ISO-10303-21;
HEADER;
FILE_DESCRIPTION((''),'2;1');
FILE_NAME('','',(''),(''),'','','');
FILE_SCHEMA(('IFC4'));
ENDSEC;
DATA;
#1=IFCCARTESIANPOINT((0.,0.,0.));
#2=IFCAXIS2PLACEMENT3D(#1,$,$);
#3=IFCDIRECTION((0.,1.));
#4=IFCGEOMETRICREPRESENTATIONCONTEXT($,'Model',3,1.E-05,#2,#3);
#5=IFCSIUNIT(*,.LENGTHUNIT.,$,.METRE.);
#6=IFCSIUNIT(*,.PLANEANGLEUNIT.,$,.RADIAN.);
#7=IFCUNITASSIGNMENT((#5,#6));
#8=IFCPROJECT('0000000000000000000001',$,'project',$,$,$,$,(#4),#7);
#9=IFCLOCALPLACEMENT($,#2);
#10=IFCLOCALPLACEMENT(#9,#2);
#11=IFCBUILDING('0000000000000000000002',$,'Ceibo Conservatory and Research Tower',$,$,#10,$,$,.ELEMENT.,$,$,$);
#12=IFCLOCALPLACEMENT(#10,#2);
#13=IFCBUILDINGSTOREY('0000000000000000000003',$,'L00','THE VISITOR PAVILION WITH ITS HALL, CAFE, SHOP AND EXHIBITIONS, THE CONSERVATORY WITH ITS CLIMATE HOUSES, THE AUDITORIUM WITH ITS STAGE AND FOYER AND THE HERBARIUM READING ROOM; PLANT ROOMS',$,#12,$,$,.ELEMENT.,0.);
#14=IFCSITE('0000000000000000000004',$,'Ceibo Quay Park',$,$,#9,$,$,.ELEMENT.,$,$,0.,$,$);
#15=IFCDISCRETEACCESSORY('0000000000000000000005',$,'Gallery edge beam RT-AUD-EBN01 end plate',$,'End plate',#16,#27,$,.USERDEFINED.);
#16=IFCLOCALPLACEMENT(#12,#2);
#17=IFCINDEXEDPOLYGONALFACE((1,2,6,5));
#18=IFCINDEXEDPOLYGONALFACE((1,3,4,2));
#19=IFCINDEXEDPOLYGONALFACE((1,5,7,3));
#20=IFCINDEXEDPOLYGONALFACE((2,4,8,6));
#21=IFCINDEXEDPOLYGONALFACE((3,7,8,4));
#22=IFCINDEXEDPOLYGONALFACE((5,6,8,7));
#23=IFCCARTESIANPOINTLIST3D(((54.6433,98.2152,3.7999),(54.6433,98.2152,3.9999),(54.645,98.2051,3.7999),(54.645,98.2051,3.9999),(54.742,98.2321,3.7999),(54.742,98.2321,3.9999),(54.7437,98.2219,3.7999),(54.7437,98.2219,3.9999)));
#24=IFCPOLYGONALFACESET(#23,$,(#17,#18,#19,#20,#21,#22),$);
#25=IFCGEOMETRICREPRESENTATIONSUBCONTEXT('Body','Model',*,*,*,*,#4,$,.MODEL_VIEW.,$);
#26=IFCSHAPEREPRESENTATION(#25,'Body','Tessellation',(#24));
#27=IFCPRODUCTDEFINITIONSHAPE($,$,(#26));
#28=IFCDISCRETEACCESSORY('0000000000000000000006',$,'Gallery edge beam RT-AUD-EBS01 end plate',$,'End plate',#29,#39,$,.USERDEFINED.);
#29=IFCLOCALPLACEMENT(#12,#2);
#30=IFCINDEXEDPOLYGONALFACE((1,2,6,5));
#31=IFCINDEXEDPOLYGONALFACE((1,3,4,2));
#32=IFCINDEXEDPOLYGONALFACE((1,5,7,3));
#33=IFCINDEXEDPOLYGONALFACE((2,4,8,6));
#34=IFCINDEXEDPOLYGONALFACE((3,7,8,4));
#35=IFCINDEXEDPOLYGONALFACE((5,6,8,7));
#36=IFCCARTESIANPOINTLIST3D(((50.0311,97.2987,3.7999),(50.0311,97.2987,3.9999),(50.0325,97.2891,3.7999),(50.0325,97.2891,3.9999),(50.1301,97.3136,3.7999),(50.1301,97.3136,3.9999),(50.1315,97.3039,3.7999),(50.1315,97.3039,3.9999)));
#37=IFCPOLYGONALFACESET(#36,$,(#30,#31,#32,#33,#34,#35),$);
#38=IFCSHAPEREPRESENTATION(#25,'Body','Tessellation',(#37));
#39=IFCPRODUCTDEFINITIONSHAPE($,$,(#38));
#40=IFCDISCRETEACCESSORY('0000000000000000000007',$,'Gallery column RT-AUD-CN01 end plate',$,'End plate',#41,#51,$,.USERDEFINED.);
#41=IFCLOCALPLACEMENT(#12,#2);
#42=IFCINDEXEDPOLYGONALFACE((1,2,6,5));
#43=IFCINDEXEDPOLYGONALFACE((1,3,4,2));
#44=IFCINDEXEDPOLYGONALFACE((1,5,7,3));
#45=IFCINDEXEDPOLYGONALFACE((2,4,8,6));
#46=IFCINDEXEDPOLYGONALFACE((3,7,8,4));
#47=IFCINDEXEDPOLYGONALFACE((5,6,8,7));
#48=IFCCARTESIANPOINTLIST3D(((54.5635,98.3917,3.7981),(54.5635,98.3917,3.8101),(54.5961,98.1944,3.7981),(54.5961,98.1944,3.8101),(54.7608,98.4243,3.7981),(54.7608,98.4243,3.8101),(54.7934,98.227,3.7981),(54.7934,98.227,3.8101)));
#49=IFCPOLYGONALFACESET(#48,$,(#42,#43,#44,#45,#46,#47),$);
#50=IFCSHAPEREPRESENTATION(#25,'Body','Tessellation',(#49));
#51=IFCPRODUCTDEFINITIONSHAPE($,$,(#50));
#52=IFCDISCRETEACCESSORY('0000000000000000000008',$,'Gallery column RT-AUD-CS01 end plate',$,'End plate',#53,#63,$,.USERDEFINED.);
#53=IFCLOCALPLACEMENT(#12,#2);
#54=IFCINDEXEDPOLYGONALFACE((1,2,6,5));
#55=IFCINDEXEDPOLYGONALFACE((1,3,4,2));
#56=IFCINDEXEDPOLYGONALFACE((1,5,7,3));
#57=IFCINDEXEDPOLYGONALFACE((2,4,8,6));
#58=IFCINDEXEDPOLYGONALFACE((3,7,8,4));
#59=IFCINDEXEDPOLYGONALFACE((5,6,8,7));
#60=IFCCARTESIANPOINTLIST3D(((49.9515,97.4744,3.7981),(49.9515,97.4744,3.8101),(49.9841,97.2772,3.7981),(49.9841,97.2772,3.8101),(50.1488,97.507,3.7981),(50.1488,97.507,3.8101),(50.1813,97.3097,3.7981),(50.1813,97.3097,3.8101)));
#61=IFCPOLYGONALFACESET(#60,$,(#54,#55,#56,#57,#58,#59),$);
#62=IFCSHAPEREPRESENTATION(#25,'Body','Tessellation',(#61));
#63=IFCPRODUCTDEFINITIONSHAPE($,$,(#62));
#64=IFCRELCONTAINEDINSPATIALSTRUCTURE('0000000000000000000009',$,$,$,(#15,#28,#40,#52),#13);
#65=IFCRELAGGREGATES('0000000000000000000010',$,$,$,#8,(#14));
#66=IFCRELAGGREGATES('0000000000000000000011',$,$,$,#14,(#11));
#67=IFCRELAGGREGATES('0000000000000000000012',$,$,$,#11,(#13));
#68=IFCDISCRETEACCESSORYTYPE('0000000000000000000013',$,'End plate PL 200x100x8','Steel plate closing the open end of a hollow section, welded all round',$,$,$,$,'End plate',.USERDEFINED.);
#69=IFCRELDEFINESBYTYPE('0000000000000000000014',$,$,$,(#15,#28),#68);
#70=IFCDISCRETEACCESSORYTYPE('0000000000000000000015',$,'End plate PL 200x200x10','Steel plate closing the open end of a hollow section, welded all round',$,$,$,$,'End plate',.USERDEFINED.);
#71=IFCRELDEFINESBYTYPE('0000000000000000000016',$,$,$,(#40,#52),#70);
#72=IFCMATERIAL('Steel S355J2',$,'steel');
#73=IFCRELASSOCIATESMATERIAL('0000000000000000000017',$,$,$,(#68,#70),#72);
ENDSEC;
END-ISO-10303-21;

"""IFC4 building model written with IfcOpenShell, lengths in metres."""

from ifc_helpers import new_model, si_unit, direction, frame, origin, origin_2d, place, context, subcontext, project, spatial, rectangle, extrude, material, material_profile, profile_set, type_object, element, save


model = new_model("IFC4")

# Units and contexts
model_context = context("Model", 3, precision=1e-05, world=origin(), true_north=direction((0.0, 1.0)))
body_context = subcontext(model_context, "Body", "Model", "MODEL_VIEW")
ifc_project = project(units=[si_unit("LENGTHUNIT", "METRE"), si_unit("PLANEANGLEUNIT", "RADIAN")], contexts=[model_context])

# Site, building, storey
site_placement = place(None, origin())
site = spatial("IfcSite", under=ifc_project, at=site_placement, Name="Ceibo Quay Park", CompositionType="ELEMENT", RefElevation=0.0)
building_placement = place(site_placement, origin())
building = spatial("IfcBuilding", under=site, at=building_placement, Name="Ceibo Conservatory and Research Tower", CompositionType="ELEMENT")
storey_placement = place(building_placement, origin())
storey = spatial("IfcBuildingStorey", under=building, at=storey_placement, Name="L00", Description="THE VISITOR PAVILION WITH ITS HALL, CAFE, SHOP AND EXHIBITIONS, THE CONSERVATORY WITH ITS CLIMATE HOUSES, THE AUDITORIUM WITH ITS STAGE AND FOYER AND THE HERBARIUM READING ROOM; PLANT ROOMS", CompositionType="ELEMENT", Elevation=0.0)

# Shared definitions
ifc_material_1 = material(Name="Steel S355J2", Category="steel")

# Discrete accessories
ifc_material_profile_1 = material_profile(ifc_material_1, rectangle(XDim=0.1001, YDim=0.2, at=origin_2d()), Name="End plate PL 200x100x8")
ifc_profile_set_1 = profile_set([ifc_material_profile_1], Name="Steel S355J2")
discrete_accessory_type_1 = type_object("IfcDiscreteAccessoryType", Name="End plate PL 200x100x8", Description="Steel plate closing the open end of a hollow section, welded all round", ElementType="End plate", PredefinedType="USERDEFINED", material=ifc_profile_set_1)
discrete_accessory_1_placement = place(storey_placement, frame((54.6926, 98.2236, 3.8999), z_axis=(0.168296, -0.985736, 0.0), x_axis=(0.985736, 0.168296, 0.0)))
element("IfcDiscreteAccessory", 1, at=discrete_accessory_1_placement, inside=storey, type_object=discrete_accessory_type_1, Name="Gallery edge beam RT-AUD-EBN01 end plate", ObjectType="End plate", PredefinedType="USERDEFINED", context=body_context, shape_type="SweptSolid", body=[
    extrude(rectangle(XDim=0.1001, YDim=0.2, at=origin_2d()), origin(), (0.0, 0.0, 1.0), 0.0103),
])
discrete_accessory_2_placement = place(storey_placement, frame((50.0806, 97.3062, 3.8999), z_axis=(0.14834, -0.988936, 0.0), x_axis=(0.988936, 0.14834, 0.0)))
element("IfcDiscreteAccessory", 2, at=discrete_accessory_2_placement, inside=storey, type_object=discrete_accessory_type_1, Name="Gallery edge beam RT-AUD-EBS01 end plate", ObjectType="End plate", PredefinedType="USERDEFINED", context=body_context, shape_type="SweptSolid", body=[
    extrude(rectangle(XDim=0.1001, YDim=0.2, at=origin_2d()), origin(), (0.0, 0.0, 1.0), 0.0098),
])
ifc_material_profile_2 = material_profile(ifc_material_1, rectangle(XDim=0.2, YDim=0.2, at=origin_2d()), Name="End plate PL 200x200x10")
ifc_profile_set_2 = profile_set([ifc_material_profile_2], Name="Steel S355J2")
discrete_accessory_type_2 = type_object("IfcDiscreteAccessoryType", Name="End plate PL 200x200x10", Description="Steel plate closing the open end of a hollow section, welded all round", ElementType="End plate", PredefinedType="USERDEFINED", material=ifc_profile_set_2)
for number, where, z_axis, x_axis, name in (
    (3, (54.6785, 98.3093, 3.7981), (0.0, 0.0, 1.0), (0.162895, -0.986643, 0.0), "Gallery column RT-AUD-CN01 end plate"),
    (4, (50.0664, 97.3921, 3.7981), (0.0, 0.0, 1.0), (0.162895, -0.986643, 0.0), "Gallery column RT-AUD-CS01 end plate"),
):
    element("IfcDiscreteAccessory", number, at=place(storey_placement, frame(where, z_axis=z_axis, x_axis=x_axis)), inside=storey, type_object=discrete_accessory_type_2, Name=name, ObjectType="End plate", PredefinedType="USERDEFINED", context=body_context, shape_type="SweptSolid", body=[
        extrude(rectangle(XDim=0.2, YDim=0.2, at=origin_2d()), origin(), (0.0, 0.0, 1.0), 0.012),
    ])

save(model, "model.ifc")
